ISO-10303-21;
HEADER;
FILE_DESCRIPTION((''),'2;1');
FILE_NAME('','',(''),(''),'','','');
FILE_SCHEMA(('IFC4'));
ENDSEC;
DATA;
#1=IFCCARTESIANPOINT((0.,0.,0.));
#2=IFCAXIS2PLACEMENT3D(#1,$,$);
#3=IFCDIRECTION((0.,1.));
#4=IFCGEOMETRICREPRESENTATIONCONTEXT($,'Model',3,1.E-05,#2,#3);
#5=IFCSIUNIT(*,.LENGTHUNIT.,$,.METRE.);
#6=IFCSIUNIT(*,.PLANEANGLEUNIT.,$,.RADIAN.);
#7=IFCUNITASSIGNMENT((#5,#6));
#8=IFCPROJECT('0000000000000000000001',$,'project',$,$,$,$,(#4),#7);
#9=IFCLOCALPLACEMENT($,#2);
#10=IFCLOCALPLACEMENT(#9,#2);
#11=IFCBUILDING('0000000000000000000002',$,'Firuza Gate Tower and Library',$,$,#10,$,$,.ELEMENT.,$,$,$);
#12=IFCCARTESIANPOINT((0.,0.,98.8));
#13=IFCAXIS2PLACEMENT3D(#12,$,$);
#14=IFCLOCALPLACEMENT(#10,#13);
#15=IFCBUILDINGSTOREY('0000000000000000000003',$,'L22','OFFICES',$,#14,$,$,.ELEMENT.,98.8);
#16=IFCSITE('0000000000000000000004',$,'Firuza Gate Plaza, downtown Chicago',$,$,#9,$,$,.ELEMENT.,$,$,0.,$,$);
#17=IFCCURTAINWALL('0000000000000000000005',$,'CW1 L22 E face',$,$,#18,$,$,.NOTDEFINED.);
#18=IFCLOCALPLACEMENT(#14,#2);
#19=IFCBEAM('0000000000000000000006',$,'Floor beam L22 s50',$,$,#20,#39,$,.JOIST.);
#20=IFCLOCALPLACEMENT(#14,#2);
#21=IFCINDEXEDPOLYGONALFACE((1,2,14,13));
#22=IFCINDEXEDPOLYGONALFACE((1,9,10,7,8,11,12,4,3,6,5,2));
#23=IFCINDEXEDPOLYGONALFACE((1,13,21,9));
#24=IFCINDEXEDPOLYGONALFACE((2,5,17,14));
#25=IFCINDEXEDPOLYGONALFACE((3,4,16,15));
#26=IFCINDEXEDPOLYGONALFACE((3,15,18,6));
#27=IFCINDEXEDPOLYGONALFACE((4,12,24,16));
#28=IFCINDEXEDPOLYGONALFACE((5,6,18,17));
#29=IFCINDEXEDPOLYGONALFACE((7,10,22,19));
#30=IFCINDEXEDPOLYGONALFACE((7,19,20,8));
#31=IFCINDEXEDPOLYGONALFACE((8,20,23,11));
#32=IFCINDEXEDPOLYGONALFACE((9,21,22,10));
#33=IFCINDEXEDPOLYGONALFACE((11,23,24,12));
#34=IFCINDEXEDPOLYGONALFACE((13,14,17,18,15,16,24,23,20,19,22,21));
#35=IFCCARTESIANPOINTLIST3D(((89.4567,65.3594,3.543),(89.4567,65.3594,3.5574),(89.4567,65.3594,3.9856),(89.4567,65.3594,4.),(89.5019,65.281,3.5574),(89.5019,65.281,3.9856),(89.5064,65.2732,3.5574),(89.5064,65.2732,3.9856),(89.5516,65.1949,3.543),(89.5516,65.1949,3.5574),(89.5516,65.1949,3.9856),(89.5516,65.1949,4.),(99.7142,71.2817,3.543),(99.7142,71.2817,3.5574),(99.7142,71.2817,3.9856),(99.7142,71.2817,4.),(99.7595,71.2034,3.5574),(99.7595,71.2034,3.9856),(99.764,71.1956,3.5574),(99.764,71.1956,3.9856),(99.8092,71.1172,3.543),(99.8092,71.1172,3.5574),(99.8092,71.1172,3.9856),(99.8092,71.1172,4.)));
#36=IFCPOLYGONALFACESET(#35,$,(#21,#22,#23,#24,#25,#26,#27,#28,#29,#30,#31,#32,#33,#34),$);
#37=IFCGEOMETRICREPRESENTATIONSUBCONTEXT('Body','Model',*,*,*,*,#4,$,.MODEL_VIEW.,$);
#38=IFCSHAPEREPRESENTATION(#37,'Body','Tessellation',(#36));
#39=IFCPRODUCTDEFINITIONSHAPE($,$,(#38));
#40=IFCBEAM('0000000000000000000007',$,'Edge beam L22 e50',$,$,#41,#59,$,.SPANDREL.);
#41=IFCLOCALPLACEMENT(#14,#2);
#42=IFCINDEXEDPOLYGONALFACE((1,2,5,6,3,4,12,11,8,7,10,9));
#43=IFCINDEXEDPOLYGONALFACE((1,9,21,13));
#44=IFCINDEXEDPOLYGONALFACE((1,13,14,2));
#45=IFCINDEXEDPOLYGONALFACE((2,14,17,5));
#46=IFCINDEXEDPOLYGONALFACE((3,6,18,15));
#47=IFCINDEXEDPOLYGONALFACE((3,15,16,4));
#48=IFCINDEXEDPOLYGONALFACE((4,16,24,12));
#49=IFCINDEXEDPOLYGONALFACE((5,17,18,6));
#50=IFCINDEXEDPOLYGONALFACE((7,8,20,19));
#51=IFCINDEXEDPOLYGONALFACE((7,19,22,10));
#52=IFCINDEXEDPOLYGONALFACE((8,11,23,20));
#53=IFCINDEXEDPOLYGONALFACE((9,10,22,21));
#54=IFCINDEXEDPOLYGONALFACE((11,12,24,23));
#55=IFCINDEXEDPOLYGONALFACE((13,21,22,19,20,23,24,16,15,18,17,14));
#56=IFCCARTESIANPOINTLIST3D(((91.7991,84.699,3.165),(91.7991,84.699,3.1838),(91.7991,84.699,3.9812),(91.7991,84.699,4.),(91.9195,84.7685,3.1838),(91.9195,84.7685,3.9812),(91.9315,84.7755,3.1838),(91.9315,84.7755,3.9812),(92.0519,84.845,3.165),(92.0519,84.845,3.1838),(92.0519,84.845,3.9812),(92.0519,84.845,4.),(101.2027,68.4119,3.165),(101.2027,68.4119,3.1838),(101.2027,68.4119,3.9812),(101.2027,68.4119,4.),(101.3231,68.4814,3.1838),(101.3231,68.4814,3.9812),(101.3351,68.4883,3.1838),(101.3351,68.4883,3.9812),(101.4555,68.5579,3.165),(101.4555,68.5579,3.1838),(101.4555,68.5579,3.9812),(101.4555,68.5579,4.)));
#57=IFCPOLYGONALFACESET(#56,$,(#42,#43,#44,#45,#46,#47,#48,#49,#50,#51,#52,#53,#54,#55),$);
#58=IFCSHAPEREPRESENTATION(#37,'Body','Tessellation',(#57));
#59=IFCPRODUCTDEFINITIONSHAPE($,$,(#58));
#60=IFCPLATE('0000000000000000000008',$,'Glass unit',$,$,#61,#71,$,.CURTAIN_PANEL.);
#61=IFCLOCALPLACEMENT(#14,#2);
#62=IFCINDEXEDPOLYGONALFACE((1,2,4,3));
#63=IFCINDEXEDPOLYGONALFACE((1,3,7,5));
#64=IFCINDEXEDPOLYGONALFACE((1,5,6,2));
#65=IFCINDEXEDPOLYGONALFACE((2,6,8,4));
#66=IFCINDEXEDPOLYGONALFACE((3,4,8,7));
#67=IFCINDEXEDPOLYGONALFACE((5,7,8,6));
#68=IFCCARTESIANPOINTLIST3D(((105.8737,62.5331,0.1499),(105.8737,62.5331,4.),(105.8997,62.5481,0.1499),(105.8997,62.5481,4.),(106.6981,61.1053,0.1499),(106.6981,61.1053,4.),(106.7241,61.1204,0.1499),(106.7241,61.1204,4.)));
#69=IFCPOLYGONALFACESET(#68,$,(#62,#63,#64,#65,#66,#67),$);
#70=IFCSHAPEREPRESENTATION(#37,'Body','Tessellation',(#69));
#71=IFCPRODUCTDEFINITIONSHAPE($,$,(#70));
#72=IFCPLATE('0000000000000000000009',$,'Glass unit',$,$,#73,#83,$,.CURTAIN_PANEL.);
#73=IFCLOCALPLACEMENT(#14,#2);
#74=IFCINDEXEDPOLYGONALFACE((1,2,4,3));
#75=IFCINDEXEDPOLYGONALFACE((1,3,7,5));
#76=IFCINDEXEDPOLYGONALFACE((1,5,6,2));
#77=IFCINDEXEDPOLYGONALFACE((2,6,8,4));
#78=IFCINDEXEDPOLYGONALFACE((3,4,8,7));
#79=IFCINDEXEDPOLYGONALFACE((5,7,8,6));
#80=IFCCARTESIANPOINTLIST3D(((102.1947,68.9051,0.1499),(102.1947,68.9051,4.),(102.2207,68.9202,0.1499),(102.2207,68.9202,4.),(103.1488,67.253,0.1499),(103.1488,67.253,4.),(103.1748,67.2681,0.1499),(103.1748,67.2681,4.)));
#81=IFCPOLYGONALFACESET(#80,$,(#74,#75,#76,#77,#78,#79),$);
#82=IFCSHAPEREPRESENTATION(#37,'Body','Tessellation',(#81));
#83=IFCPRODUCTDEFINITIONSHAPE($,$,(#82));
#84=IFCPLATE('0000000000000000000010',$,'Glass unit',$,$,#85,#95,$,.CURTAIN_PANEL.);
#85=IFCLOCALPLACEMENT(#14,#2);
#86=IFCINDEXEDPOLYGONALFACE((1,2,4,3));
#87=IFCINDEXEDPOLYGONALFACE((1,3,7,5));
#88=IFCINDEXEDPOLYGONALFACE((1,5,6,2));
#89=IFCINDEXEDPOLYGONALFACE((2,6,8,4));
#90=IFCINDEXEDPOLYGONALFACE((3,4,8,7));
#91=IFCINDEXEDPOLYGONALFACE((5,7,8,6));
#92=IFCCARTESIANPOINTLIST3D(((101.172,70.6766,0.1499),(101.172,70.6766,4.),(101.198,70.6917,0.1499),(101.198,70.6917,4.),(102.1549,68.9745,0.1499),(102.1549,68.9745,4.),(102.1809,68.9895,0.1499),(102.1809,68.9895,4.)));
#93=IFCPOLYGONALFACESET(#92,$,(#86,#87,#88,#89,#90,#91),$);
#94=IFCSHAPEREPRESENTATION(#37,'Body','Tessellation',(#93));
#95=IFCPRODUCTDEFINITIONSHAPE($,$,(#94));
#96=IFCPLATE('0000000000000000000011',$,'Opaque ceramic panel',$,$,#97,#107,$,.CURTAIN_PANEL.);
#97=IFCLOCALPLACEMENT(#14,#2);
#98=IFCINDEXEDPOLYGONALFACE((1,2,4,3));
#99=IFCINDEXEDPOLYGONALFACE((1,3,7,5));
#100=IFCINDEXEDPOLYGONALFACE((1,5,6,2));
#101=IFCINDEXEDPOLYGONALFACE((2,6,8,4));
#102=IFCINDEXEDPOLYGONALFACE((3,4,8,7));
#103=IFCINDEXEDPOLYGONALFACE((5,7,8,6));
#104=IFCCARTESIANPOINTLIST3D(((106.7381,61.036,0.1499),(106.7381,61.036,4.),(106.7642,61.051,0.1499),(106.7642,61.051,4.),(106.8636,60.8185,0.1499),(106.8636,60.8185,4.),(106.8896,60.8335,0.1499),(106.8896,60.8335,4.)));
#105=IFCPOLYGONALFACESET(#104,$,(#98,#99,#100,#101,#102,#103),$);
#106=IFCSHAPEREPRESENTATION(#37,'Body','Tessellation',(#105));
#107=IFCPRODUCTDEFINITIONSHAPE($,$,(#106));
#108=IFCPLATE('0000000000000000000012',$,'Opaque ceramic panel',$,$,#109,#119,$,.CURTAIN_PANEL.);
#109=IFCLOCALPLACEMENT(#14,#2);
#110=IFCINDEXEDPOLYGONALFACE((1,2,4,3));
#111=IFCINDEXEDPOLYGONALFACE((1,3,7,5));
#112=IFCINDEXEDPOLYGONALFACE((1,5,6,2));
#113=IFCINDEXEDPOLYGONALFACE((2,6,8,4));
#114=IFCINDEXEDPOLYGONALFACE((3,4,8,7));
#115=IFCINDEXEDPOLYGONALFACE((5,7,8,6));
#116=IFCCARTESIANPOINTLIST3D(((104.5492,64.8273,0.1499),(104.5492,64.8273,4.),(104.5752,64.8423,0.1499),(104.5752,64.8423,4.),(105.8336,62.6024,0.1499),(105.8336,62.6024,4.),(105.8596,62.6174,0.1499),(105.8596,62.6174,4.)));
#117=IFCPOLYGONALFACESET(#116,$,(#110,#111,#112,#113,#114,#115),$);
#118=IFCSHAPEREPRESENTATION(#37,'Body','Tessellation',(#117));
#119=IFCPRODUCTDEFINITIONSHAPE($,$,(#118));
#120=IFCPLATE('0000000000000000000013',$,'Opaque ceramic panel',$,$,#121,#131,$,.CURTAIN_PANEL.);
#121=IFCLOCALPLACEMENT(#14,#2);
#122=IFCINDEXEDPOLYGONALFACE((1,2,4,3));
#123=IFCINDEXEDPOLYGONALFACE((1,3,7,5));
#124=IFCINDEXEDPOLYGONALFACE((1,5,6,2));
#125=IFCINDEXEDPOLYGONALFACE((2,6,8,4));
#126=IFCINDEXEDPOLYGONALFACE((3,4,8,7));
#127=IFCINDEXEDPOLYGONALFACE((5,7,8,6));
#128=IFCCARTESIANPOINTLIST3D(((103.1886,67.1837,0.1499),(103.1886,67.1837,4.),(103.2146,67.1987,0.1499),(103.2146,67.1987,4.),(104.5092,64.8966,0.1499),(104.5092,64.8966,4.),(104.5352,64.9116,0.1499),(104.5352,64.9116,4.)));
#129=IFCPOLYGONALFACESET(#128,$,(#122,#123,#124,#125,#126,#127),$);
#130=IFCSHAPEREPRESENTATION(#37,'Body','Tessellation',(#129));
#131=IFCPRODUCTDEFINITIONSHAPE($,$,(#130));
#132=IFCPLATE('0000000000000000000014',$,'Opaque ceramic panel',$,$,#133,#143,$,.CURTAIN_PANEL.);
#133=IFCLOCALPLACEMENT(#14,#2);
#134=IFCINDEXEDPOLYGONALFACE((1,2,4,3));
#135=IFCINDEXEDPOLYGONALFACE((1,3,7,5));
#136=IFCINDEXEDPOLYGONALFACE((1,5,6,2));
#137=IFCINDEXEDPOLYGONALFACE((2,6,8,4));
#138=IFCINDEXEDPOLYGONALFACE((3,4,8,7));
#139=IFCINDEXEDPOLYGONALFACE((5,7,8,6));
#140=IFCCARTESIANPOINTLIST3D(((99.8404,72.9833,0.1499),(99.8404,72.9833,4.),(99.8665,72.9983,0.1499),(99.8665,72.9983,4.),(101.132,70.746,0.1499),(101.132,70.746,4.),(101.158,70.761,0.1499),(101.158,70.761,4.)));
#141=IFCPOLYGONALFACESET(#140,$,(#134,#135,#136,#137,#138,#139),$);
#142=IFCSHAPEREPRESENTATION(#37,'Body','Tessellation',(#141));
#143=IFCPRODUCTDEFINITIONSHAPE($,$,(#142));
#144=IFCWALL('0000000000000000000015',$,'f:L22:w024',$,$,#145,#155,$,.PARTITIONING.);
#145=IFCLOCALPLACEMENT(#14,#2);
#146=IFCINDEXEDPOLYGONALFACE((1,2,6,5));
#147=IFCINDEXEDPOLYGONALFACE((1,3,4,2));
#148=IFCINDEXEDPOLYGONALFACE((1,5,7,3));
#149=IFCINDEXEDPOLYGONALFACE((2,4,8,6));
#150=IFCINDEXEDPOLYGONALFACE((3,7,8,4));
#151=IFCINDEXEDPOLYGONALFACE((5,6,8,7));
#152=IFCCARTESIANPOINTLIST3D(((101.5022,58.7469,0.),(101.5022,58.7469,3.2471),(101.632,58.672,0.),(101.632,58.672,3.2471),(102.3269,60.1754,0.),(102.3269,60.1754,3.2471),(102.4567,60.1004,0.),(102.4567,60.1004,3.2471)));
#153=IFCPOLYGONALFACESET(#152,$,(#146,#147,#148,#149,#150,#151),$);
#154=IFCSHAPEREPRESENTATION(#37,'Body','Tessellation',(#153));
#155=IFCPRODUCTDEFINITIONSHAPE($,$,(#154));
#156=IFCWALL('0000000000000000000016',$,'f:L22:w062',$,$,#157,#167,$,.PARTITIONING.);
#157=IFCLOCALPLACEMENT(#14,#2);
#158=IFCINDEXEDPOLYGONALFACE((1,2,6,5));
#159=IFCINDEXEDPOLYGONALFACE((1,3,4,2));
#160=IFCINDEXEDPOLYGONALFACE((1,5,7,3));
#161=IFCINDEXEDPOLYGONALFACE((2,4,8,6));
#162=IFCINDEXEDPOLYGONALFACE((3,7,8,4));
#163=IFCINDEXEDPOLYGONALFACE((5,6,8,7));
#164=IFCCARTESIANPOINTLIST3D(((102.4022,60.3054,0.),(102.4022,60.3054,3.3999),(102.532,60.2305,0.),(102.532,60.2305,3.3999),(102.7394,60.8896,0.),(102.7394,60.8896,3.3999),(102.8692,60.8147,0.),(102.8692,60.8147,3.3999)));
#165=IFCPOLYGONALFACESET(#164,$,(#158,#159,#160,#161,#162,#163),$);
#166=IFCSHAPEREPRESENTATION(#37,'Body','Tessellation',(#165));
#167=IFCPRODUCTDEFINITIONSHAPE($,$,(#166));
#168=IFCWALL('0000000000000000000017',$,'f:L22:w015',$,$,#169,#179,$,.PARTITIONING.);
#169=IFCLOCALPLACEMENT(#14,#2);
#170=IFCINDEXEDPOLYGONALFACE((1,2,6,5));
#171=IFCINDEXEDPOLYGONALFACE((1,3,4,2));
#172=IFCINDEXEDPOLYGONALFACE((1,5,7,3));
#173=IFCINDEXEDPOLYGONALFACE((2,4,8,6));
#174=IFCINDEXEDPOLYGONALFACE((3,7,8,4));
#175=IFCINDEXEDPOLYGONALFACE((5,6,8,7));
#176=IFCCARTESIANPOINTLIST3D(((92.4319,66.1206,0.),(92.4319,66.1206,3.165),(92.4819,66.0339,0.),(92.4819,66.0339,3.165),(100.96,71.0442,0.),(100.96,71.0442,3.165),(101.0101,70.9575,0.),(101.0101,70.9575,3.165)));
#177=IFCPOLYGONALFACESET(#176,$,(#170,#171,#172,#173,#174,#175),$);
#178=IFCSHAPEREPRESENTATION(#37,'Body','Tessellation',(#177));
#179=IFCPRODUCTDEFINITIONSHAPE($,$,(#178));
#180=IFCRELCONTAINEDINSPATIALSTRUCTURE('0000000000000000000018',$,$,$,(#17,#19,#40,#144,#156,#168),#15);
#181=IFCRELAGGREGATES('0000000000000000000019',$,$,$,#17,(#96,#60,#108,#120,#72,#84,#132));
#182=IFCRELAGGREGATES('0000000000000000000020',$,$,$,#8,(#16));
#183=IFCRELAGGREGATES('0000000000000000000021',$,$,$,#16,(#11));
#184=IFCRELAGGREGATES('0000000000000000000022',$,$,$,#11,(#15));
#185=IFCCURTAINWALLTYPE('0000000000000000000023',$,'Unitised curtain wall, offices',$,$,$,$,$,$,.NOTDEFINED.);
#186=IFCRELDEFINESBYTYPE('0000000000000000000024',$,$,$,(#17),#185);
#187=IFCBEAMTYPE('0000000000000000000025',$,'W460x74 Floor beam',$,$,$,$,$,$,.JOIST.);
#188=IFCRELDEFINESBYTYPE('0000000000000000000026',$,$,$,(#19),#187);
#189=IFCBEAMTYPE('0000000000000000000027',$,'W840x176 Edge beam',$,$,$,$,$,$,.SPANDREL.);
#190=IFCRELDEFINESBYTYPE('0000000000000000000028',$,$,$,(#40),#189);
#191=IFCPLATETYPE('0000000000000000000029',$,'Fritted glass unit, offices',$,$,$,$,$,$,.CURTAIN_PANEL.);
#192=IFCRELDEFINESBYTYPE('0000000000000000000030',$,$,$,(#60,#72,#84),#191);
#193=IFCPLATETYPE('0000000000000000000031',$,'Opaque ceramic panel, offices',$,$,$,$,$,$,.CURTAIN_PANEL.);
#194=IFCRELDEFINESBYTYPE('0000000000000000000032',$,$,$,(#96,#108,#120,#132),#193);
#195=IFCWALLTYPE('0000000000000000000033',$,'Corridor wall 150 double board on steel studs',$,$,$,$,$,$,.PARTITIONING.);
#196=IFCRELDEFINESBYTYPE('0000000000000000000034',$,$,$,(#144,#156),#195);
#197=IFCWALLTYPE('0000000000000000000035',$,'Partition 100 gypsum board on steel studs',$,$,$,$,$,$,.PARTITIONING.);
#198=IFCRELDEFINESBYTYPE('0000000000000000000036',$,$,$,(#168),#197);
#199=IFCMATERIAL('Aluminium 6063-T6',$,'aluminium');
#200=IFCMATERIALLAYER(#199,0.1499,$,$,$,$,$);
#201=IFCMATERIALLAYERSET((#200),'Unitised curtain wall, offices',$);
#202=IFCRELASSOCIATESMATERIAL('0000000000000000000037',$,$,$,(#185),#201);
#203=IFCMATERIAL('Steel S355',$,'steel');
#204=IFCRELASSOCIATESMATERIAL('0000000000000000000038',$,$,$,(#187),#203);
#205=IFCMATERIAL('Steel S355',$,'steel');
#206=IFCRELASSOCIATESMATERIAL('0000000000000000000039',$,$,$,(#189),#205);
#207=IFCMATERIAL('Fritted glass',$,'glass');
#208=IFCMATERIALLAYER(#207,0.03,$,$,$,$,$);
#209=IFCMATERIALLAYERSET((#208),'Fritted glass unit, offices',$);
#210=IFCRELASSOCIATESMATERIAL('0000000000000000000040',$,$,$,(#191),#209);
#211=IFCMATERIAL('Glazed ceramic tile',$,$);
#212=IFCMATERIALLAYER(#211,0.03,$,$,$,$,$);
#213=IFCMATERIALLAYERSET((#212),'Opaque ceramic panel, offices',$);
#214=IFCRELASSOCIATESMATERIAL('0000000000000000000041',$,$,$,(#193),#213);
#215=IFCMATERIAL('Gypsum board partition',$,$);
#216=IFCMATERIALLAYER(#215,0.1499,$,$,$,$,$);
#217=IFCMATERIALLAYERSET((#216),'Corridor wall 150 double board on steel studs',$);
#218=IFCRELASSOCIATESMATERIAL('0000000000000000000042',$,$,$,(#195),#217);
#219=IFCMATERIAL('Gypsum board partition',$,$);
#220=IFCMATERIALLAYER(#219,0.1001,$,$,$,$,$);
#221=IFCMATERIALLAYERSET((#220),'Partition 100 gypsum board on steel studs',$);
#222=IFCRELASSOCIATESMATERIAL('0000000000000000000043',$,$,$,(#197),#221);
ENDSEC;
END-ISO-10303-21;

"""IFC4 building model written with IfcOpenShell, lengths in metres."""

from ifc_helpers import new_model, si_unit, direction, frame, frame_2d, origin, origin_2d, place, context, subcontext, project, spatial, polyline, rectangle, i_section, outline, extrude, material, layer, layer_set, material_profile, profile_set, type_object, element, aggregate, save


model = new_model("IFC4")

# Units and contexts
model_context = context("Model", 3, precision=1e-05, world=origin(), true_north=direction((0.0, 1.0)))
body_context = subcontext(model_context, "Body", "Model", "MODEL_VIEW")
ifc_project = project(units=[si_unit("LENGTHUNIT", "METRE"), si_unit("PLANEANGLEUNIT", "RADIAN")], contexts=[model_context])

# Site, building, storey
site_placement = place(None, origin())
site = spatial("IfcSite", under=ifc_project, at=site_placement, Name="Firuza Gate Plaza, downtown Chicago", CompositionType="ELEMENT", RefElevation=0.0)
building_placement = place(site_placement, origin())
building = spatial("IfcBuilding", under=site, at=building_placement, Name="Firuza Gate Tower and Library", CompositionType="ELEMENT")
storey_placement = place(building_placement, frame((0.0, 0.0, 98.8)))
storey = spatial("IfcBuildingStorey", under=building, at=storey_placement, Name="L22", Description="OFFICES", CompositionType="ELEMENT", Elevation=98.8)

# Curtain wall
ifc_material_1 = material(Name="Aluminium 6063-T6", Category="aluminium")
ifc_layer_1 = layer(ifc_material_1, 0.1499)
ifc_layer_set_1 = layer_set([ifc_layer_1], Name="Unitised curtain wall, offices")
curtain_wall_type = type_object("IfcCurtainWallType", Name="Unitised curtain wall, offices", PredefinedType="NOTDEFINED", material=ifc_layer_set_1)
curtain_wall_placement = place(storey_placement, origin())
curtain_wall = element("IfcCurtainWall", 1, at=curtain_wall_placement, inside=storey, type_object=curtain_wall_type, Name="CW1 L22 E face", PredefinedType="NOTDEFINED")

# Beams
ifc_material_2 = material(Name="Steel S355", Category="steel")
ifc_material_profile_1 = material_profile(ifc_material_2, i_section(OverallWidth=0.1899, OverallDepth=0.457, WebThickness=0.009, FlangeThickness=0.0144, at=origin_2d()))
ifc_profile_set_1 = profile_set([ifc_material_profile_1], Name="Steel S355")
beam_type_1 = type_object("IfcBeamType", Name="W460x74 Floor beam", PredefinedType="JOIST", material=ifc_profile_set_1)
beam_1_placement = place(storey_placement, frame((99.7617, 71.1995, 3.7715), z_axis=(-0.86602, -0.50001, 0.0), x_axis=(0.50001, -0.86602, 0.0)))
element("IfcBeam", 2, at=beam_1_placement, inside=storey, type_object=beam_type_1, Name="Floor beam L22 s50", PredefinedType="JOIST", context=body_context, shape_type="SweptSolid", body=[
    extrude(i_section(OverallWidth=0.1899, OverallDepth=0.457, WebThickness=0.009, FlangeThickness=0.0144, at=origin_2d()), origin(), (0.0, 0.0, 1.0), 11.8445),
])
ifc_material_3 = material(Name="Steel S355", Category="steel")
ifc_material_profile_2 = material_profile(ifc_material_3, i_section(OverallWidth=0.292, OverallDepth=0.835, WebThickness=0.0139, FlangeThickness=0.0188, at=origin_2d()))
ifc_profile_set_2 = profile_set([ifc_material_profile_2], Name="Steel S355")
beam_type_2 = type_object("IfcBeamType", Name="W840x176 Edge beam", PredefinedType="SPANDREL", material=ifc_profile_set_2)
beam_2_placement = place(storey_placement, frame((101.3291, 68.4849, 3.5825), z_axis=(-0.500008, 0.866021, 0.0), x_axis=(-0.866021, -0.500008, 0.0)))
element("IfcBeam", 3, at=beam_2_placement, inside=storey, type_object=beam_type_2, Name="Edge beam L22 e50", PredefinedType="SPANDREL", context=body_context, shape_type="SweptSolid", body=[
    extrude(i_section(OverallWidth=0.292, OverallDepth=0.835, WebThickness=0.0139, FlangeThickness=0.0188, at=origin_2d()), origin(), (0.0, 0.0, 1.0), 18.8069),
])

# Plates
ifc_material_4 = material(Name="Fritted glass", Category="glass")
ifc_layer_2 = layer(ifc_material_4, 0.03)
ifc_layer_set_2 = layer_set([ifc_layer_2], Name="Fritted glass unit, offices")
plate_type_1 = type_object("IfcPlateType", Name="Fritted glass unit, offices", PredefinedType="CURTAIN_PANEL", material=ifc_layer_set_2)
plate_1_placement = place(storey_placement, frame((106.7241, 61.1204, 0.1499), z_axis=(0.865983, 0.500073, 0.0), x_axis=(-0.500073, 0.865983, 0.0)))
plate_1 = element("IfcPlate", 4, at=plate_1_placement, type_object=plate_type_1, Name="Glass unit", PredefinedType="CURTAIN_PANEL", context=body_context, shape_type="SweptSolid", body=[
    extrude(outline(polyline([(0.0, 0.0), (1.6487, 0.0), (1.6487, 3.8501), (0.0, 3.8501), (0.0, 0.0)])), origin(), (0.0, 0.0, -1.0), 0.03),
])
plate_2_placement = place(storey_placement, frame((103.1748, 67.2681, 0.1499), z_axis=(0.865966, 0.500103, 0.0), x_axis=(-0.500103, 0.865966, 0.0)))
plate_2 = element("IfcPlate", 5, at=plate_2_placement, type_object=plate_type_1, Name="Glass unit", PredefinedType="CURTAIN_PANEL", context=body_context, shape_type="SweptSolid", body=[
    extrude(outline(polyline([(0.0, 0.0), (1.9078, 0.0), (1.9078, 3.8501), (0.0, 3.8501), (0.0, 0.0)])), origin(), (0.0, 0.0, -1.0), 0.03),
])
plate_3_placement = place(storey_placement, frame((102.1809, 68.9895, 0.1499), z_axis=(0.865987, 0.500067, 0.0), x_axis=(-0.500067, 0.865987, 0.0)))
plate_3 = element("IfcPlate", 6, at=plate_3_placement, type_object=plate_type_1, Name="Glass unit", PredefinedType="CURTAIN_PANEL", context=body_context, shape_type="SweptSolid", body=[
    extrude(outline(polyline([(0.0, 0.0), (1.9656, 0.0), (1.9656, 3.8501), (0.0, 3.8501), (0.0, 0.0)])), origin(), (0.0, 0.0, -1.0), 0.03),
])
ifc_material_5 = material(Name="Glazed ceramic tile")
ifc_layer_3 = layer(ifc_material_5, 0.03)
ifc_layer_set_3 = layer_set([ifc_layer_3], Name="Opaque ceramic panel, offices")
plate_type_2 = type_object("IfcPlateType", Name="Opaque ceramic panel, offices", PredefinedType="CURTAIN_PANEL", material=ifc_layer_set_3)
plate_4_placement = place(storey_placement, frame((106.8896, 60.8335, 0.1499), z_axis=(0.866202, 0.499694, 0.0), x_axis=(-0.499694, 0.866202, 0.0)))
plate_4 = element("IfcPlate", 7, at=plate_4_placement, type_object=plate_type_2, Name="Opaque ceramic panel", PredefinedType="CURTAIN_PANEL", context=body_context, shape_type="SweptSolid", body=[
    extrude(outline(polyline([(0.0, 0.0), (0.2511, 0.0), (0.2511, 3.8501), (0.0, 3.8501), (0.0, 0.0)])), origin(), (0.0, 0.0, -1.0), 0.03),
])
plate_5_placement = place(storey_placement, frame((105.8596, 62.6174, 0.1499), z_axis=(0.866042, 0.499972, 0.0), x_axis=(-0.499972, 0.866042, 0.0)))
plate_5 = element("IfcPlate", 8, at=plate_5_placement, type_object=plate_type_2, Name="Opaque ceramic panel", PredefinedType="CURTAIN_PANEL", context=body_context, shape_type="SweptSolid", body=[
    extrude(outline(polyline([(0.0, 0.0), (2.569, 0.0), (2.569, 3.8501), (0.0, 3.8501), (0.0, 0.0)])), origin(), (0.0, 0.0, -1.0), 0.03),
])
plate_6_placement = place(storey_placement, frame((104.5352, 64.9116, 0.1499), z_axis=(0.86601, 0.500027, 0.0), x_axis=(-0.500027, 0.86601, 0.0)))
plate_6 = element("IfcPlate", 9, at=plate_6_placement, type_object=plate_type_2, Name="Opaque ceramic panel", PredefinedType="CURTAIN_PANEL", context=body_context, shape_type="SweptSolid", body=[
    extrude(outline(polyline([(0.0, 0.0), (2.641, 0.0), (2.641, 3.8501), (0.0, 3.8501), (0.0, 0.0)])), origin(), (0.0, 0.0, -1.0), 0.03),
])
plate_7_placement = place(storey_placement, frame((101.158, 70.761, 0.1499), z_axis=(0.86606, 0.499941, 0.0), x_axis=(-0.499941, 0.86606, 0.0)))
plate_7 = element("IfcPlate", 10, at=plate_7_placement, type_object=plate_type_2, Name="Opaque ceramic panel", PredefinedType="CURTAIN_PANEL", context=body_context, shape_type="SweptSolid", body=[
    extrude(outline(polyline([(0.0, 0.0), (2.5833, 0.0), (2.5833, 3.8501), (0.0, 3.8501), (0.0, 0.0)])), origin(), (0.0, 0.0, -1.0), 0.03),
])
aggregate(curtain_wall, [plate_4, plate_1, plate_5, plate_6, plate_2, plate_3, plate_7])

# Walls
ifc_material_6 = material(Name="Gypsum board partition")
ifc_layer_4 = layer(ifc_material_6, 0.1499)
ifc_layer_set_4 = layer_set([ifc_layer_4], Name="Corridor wall 150 double board on steel studs")
wall_type_1 = type_object("IfcWallType", Name="Corridor wall 150 double board on steel studs", PredefinedType="PARTITIONING", material=ifc_layer_set_4)
wall_1_placement = place(storey_placement, frame((101.5671, 58.7095, 0.0), z_axis=(0.0, 0.0, 1.0), x_axis=(0.499992, 0.86603, 0.0)))
element("IfcWall", 11, at=wall_1_placement, inside=storey, type_object=wall_type_1, Name="f:L22:w024", PredefinedType="PARTITIONING", context=body_context, shape_type="SweptSolid", body=[
    extrude(rectangle(XDim=1.6494, YDim=0.1499, at=frame_2d((0.8247, 0.0))), origin(), (0.0, 0.0, 1.0), 3.2471),
])
wall_2_placement = place(storey_placement, frame((102.467, 60.2678, 0.0), z_axis=(0.0, 0.0, 1.0), x_axis=(0.499837, 0.866119, 0.0)))
element("IfcWall", 12, at=wall_2_placement, inside=storey, type_object=wall_type_1, Name="f:L22:w062", PredefinedType="PARTITIONING", context=body_context, shape_type="SweptSolid", body=[
    extrude(rectangle(XDim=0.6746, YDim=0.1499, at=frame_2d((0.3374, 0.0))), origin(), (0.0, 0.0, 1.0), 3.3999),
])
ifc_material_7 = material(Name="Gypsum board partition")
ifc_layer_5 = layer(ifc_material_7, 0.1001)
ifc_layer_set_5 = layer_set([ifc_layer_5], Name="Partition 100 gypsum board on steel studs")
wall_type_2 = type_object("IfcWallType", Name="Partition 100 gypsum board on steel studs", PredefinedType="PARTITIONING", material=ifc_layer_set_5)
wall_3_placement = place(storey_placement, frame((92.4568, 66.0771, 0.0), z_axis=(0.0, 0.0, 1.0), x_axis=(0.86603, 0.499992, 0.0)))
element("IfcWall", 13, at=wall_3_placement, inside=storey, type_object=wall_type_2, Name="f:L22:w015", PredefinedType="PARTITIONING", context=body_context, shape_type="SweptSolid", body=[
    extrude(rectangle(XDim=9.8474, YDim=0.1001, at=frame_2d((4.9238, 0.0))), origin(), (0.0, 0.0, 1.0), 3.165),
])

save(model, "model.ifc")
